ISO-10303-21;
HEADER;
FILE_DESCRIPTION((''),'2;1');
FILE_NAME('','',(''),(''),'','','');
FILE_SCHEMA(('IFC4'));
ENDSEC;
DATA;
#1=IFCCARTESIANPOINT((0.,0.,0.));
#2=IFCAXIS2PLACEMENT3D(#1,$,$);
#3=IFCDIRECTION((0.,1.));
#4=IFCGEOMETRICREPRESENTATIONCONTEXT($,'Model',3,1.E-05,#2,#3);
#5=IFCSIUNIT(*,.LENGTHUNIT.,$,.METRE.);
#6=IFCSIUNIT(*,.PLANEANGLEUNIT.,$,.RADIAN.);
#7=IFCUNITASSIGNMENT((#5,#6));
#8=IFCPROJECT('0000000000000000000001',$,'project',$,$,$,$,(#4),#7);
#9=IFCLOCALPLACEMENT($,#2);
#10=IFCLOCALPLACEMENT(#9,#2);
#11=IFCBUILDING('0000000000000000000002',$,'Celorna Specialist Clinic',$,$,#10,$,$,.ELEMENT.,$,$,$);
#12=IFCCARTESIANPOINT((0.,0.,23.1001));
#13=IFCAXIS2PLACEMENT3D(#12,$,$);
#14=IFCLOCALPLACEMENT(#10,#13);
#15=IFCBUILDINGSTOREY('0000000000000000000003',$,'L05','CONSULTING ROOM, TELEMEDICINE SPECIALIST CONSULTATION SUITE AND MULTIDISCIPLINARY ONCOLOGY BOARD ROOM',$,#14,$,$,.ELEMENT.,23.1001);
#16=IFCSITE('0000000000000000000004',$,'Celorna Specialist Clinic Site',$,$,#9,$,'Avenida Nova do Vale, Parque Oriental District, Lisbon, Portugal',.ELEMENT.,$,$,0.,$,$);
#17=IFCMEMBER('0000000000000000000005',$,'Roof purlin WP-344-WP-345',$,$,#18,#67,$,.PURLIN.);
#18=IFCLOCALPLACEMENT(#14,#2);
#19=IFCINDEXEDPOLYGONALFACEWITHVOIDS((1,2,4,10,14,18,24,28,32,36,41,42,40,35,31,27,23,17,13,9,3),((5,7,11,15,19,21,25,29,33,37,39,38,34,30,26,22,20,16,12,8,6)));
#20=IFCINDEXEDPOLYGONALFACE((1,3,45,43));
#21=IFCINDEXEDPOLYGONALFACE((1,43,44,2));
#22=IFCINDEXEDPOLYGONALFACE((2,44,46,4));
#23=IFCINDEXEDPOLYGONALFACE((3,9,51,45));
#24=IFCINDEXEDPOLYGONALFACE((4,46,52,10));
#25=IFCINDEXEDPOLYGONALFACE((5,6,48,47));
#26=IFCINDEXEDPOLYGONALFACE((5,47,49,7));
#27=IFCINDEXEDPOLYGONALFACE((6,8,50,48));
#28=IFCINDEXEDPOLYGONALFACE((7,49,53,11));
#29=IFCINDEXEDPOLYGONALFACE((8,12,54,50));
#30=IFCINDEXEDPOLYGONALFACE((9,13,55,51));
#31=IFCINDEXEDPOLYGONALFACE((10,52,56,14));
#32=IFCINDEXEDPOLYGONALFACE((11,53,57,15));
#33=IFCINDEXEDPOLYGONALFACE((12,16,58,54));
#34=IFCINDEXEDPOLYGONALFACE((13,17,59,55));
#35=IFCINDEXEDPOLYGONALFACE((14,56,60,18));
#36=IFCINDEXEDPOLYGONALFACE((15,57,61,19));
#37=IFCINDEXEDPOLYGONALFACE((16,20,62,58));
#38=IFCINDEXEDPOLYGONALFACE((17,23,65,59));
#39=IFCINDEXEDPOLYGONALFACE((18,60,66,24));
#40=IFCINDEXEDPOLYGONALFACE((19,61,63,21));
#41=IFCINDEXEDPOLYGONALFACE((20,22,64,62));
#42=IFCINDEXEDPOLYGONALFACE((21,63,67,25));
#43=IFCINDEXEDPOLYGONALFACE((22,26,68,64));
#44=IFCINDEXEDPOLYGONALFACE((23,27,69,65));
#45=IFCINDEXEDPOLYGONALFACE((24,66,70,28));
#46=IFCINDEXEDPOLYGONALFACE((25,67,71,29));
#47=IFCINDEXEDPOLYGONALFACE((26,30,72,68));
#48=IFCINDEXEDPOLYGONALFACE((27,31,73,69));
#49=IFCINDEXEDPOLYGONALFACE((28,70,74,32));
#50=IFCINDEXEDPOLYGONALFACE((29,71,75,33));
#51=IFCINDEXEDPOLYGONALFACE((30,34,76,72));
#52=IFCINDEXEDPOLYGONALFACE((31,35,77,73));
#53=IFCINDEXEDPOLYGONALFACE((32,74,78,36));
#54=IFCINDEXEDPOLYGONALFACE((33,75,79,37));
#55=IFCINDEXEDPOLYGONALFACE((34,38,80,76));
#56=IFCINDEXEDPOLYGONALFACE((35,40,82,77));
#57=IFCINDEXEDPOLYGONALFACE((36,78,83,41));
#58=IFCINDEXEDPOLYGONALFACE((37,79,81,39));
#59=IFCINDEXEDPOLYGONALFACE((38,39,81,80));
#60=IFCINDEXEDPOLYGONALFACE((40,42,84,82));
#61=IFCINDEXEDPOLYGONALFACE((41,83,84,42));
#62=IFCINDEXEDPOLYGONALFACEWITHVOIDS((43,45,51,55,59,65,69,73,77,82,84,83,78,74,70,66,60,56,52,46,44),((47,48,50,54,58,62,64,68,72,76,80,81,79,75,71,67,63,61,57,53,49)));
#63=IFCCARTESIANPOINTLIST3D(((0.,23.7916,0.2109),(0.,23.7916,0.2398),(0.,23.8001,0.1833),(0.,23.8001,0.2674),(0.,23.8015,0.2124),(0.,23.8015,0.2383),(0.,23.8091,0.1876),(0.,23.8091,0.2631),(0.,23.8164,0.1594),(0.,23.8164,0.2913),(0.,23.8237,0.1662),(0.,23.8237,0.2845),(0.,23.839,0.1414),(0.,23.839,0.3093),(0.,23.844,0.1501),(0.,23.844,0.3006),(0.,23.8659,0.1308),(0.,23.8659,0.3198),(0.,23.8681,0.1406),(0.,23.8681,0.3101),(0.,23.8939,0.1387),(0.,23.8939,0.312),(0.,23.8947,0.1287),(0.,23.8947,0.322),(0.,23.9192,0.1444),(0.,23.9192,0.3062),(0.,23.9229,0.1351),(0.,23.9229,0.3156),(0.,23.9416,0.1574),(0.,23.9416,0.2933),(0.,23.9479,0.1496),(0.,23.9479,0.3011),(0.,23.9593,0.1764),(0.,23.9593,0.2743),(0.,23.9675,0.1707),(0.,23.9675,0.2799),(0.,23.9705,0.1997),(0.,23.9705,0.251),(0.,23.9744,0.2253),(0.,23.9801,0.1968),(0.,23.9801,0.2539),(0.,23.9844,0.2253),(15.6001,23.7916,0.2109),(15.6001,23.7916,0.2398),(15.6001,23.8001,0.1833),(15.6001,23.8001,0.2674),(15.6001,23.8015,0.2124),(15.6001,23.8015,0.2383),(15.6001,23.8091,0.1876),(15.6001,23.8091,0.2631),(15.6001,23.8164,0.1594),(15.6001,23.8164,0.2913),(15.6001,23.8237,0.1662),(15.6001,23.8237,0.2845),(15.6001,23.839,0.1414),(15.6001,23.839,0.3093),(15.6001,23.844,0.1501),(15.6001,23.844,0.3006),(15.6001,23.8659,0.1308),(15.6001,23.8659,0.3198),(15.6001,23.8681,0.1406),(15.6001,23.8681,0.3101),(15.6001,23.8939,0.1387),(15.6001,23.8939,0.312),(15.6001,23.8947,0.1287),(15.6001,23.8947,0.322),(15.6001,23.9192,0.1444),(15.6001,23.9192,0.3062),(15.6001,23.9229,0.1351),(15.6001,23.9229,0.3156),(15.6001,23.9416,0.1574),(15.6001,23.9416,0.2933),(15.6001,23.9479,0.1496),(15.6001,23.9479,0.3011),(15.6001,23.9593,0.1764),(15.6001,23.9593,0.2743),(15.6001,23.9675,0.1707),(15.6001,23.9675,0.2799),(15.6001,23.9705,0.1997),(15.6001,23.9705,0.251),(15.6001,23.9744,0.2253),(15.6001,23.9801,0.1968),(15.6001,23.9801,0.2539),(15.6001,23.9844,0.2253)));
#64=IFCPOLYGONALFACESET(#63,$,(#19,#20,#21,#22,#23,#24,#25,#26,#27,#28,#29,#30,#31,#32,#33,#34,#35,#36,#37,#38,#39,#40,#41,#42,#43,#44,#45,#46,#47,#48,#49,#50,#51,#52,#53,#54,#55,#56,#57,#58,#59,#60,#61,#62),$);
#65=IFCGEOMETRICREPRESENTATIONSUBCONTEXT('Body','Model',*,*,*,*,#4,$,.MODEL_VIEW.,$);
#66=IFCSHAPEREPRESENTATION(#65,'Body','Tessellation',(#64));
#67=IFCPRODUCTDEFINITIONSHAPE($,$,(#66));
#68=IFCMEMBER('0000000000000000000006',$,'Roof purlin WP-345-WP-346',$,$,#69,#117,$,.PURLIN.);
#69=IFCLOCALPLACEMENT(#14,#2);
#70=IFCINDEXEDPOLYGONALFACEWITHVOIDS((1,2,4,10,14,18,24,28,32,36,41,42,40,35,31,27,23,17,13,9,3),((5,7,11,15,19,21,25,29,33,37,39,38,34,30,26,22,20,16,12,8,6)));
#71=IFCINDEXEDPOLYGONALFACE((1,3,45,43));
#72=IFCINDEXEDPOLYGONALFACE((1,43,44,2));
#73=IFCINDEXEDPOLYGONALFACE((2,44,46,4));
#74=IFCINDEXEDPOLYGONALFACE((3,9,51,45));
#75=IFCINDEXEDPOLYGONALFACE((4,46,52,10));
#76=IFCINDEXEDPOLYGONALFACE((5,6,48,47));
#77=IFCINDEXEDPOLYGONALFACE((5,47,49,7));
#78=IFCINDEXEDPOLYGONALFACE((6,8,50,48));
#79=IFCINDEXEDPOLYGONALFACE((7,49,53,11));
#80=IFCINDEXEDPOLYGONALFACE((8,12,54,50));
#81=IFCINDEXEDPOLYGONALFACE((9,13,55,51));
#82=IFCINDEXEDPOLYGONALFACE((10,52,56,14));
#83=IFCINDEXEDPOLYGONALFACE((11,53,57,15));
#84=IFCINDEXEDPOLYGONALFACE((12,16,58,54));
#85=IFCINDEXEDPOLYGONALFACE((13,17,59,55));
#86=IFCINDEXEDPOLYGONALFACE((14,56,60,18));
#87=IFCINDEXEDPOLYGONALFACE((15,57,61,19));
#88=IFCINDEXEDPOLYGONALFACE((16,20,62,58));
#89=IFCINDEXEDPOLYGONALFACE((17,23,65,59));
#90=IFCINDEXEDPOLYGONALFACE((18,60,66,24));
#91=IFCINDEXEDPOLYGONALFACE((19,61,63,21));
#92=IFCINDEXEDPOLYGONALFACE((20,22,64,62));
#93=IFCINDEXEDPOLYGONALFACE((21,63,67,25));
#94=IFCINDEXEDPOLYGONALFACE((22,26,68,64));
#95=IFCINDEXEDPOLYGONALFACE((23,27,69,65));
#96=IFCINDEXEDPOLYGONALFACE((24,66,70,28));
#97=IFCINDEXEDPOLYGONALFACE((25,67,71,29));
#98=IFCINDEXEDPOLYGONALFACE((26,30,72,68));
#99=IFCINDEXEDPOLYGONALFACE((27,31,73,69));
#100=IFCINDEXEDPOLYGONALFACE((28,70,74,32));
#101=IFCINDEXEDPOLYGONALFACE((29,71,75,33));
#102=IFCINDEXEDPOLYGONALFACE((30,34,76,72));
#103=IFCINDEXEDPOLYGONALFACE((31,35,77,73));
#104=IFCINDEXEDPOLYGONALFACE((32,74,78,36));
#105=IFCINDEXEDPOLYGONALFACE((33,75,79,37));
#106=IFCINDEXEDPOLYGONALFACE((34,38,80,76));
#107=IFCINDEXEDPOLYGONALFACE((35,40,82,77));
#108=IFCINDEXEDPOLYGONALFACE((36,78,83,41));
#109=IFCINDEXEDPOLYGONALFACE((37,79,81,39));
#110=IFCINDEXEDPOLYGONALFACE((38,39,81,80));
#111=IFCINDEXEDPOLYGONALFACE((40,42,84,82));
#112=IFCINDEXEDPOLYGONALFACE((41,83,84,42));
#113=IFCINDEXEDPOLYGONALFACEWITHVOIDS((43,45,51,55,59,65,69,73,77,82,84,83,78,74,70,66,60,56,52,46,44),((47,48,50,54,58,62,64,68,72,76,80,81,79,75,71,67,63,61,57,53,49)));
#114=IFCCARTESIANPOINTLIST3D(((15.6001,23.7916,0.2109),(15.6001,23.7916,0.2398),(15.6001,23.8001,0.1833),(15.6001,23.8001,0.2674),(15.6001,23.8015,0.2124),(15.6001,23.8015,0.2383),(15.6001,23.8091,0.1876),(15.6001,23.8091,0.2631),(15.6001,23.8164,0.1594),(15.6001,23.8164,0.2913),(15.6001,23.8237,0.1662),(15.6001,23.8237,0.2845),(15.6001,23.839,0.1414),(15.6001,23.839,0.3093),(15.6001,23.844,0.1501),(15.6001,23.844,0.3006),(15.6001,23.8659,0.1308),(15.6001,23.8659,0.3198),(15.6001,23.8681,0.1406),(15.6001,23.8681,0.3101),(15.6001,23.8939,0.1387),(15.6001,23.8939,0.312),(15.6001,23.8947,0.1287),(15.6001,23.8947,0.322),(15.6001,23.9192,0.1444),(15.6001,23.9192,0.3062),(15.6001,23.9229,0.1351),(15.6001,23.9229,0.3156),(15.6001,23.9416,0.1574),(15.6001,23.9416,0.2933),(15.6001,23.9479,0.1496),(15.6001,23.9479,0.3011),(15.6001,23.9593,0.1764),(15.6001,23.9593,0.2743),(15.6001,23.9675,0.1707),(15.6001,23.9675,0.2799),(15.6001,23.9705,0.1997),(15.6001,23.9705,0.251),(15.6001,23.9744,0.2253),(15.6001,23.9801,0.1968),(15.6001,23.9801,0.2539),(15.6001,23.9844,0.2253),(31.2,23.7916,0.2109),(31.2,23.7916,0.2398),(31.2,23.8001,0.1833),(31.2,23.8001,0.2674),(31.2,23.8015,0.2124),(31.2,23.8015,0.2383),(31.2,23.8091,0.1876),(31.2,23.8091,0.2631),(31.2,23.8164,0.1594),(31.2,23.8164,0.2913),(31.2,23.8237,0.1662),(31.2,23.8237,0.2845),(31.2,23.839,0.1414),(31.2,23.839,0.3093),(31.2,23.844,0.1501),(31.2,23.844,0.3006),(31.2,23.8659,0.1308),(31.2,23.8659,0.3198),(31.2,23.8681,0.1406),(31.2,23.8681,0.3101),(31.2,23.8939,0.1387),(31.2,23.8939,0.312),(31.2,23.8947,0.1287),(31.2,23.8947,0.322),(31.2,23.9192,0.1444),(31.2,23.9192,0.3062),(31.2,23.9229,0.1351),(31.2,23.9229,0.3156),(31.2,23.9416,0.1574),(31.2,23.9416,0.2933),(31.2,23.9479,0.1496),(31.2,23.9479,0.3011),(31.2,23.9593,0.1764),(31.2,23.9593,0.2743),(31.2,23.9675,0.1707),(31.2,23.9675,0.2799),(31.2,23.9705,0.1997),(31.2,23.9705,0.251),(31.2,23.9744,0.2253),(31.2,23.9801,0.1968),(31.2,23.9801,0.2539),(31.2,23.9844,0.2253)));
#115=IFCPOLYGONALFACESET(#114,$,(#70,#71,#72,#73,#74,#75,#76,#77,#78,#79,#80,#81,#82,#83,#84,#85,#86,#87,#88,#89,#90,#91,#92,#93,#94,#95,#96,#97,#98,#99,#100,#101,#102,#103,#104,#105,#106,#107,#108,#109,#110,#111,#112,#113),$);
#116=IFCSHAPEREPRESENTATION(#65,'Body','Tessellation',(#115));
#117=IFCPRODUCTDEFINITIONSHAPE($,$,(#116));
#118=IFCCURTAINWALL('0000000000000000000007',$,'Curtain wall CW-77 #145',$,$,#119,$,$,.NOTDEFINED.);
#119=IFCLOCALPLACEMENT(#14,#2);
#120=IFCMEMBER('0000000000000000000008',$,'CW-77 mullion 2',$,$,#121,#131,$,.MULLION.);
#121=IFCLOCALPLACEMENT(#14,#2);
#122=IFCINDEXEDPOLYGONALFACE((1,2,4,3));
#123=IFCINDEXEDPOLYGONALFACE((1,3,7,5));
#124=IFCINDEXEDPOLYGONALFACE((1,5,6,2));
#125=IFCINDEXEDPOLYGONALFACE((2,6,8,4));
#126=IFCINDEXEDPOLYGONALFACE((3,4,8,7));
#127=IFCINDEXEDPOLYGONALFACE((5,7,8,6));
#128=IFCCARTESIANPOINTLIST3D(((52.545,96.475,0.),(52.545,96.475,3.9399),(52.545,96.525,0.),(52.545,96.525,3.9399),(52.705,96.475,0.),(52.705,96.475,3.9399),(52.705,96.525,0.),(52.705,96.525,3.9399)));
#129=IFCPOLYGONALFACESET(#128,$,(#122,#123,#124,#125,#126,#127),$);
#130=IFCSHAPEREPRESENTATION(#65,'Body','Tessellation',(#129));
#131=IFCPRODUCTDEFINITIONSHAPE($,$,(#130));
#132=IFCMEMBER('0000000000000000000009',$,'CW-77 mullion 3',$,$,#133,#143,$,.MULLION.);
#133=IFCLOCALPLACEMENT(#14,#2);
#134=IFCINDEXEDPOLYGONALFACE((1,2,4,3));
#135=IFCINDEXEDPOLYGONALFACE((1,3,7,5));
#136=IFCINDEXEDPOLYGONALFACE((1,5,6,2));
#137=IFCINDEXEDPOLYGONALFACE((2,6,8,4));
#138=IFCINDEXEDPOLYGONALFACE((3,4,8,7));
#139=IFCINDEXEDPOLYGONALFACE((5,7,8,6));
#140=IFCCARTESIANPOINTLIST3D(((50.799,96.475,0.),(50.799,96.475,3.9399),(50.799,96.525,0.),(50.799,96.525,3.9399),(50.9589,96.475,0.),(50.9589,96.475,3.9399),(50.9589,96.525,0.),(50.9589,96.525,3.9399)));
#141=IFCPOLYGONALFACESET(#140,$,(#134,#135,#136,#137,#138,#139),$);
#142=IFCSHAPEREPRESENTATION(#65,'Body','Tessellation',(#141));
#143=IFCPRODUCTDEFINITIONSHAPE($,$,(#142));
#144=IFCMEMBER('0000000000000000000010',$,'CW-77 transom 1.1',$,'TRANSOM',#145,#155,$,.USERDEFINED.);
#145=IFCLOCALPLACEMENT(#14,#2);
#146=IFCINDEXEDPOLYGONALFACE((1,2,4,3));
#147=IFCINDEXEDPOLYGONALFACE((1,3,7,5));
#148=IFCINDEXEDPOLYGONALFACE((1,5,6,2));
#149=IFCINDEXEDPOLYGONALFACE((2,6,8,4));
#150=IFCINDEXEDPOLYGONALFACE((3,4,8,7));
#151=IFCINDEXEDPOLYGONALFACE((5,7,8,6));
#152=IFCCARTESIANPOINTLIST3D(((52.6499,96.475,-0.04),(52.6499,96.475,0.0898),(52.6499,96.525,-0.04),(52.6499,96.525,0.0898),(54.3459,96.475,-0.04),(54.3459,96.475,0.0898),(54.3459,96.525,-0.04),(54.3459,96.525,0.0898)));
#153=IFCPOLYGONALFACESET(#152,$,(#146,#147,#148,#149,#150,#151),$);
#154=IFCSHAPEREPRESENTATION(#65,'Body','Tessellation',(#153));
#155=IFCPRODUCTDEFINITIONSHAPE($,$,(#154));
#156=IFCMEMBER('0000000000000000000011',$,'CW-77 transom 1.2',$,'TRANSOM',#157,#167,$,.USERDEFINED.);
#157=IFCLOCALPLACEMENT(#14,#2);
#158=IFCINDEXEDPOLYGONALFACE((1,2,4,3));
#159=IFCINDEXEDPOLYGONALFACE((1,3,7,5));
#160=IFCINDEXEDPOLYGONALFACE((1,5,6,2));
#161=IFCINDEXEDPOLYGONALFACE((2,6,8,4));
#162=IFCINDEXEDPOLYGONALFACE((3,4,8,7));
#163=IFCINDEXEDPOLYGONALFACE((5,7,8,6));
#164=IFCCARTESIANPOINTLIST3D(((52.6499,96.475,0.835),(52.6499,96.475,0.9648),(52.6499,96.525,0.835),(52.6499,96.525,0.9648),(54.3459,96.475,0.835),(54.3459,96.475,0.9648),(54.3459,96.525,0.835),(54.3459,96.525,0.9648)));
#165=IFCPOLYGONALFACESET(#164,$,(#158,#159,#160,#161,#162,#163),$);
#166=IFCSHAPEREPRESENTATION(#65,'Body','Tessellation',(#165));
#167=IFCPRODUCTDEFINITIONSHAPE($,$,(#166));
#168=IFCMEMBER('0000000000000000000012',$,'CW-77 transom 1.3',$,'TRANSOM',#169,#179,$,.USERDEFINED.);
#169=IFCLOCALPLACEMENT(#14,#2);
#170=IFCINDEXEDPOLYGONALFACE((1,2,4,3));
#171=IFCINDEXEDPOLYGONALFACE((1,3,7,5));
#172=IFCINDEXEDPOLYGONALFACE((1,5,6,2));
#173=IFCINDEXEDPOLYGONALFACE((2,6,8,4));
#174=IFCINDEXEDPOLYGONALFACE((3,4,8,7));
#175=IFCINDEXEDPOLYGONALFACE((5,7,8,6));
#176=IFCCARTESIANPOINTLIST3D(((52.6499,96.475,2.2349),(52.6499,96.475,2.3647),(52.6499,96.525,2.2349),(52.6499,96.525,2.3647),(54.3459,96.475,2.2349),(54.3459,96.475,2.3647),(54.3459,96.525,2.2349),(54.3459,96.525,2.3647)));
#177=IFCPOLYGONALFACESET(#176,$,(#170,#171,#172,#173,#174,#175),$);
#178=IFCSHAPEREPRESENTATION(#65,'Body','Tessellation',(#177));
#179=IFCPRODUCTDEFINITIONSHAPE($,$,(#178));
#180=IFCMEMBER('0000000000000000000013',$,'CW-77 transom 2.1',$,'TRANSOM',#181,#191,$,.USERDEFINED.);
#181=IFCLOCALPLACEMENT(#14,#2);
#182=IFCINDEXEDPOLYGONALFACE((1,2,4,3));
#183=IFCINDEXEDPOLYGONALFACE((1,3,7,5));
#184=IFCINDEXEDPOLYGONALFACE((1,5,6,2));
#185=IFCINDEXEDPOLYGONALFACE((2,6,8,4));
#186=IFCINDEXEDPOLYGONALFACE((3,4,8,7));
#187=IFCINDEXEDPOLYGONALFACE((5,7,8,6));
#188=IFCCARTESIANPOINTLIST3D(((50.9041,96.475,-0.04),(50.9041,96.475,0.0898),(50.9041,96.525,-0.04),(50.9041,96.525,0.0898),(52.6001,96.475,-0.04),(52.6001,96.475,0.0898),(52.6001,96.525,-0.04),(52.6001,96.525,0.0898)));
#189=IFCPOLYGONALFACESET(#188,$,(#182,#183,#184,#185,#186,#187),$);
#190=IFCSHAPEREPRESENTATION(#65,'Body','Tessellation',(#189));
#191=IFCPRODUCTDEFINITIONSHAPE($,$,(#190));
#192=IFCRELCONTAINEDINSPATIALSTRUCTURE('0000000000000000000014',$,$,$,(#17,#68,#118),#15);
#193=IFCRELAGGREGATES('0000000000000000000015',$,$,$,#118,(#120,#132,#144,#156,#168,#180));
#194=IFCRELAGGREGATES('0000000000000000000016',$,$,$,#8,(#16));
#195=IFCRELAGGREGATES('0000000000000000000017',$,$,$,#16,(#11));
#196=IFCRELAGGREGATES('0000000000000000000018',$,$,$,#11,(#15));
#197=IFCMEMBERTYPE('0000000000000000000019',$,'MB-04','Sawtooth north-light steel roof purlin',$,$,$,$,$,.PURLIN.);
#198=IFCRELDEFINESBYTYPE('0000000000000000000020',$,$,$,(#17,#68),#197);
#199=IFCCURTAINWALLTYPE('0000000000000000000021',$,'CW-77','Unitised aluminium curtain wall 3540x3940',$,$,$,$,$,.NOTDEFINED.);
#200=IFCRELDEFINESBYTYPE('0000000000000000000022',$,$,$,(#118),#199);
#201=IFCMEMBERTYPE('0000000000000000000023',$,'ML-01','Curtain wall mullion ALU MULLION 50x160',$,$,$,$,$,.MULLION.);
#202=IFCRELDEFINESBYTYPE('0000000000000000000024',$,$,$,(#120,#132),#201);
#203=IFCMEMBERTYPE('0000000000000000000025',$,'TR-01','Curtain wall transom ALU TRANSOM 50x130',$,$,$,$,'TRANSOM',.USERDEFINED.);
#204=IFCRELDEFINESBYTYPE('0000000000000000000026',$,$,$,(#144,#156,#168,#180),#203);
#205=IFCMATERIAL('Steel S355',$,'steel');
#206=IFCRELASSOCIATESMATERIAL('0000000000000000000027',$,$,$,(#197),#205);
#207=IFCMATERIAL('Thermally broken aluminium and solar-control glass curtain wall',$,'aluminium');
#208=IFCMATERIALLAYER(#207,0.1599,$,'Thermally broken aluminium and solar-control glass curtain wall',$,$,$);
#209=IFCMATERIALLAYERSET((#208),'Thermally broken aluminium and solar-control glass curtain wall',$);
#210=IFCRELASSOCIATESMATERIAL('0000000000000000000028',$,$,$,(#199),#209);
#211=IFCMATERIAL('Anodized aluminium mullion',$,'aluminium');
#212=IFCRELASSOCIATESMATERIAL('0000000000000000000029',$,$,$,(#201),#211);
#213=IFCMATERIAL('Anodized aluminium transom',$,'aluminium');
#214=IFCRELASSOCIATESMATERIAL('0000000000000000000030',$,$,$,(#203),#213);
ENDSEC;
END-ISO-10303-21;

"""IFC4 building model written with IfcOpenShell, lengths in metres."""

from ifc_helpers import new_model, si_unit, direction, frame, origin, origin_2d, place, context, subcontext, project, spatial, rectangle, hollow_circle, extrude, material, layer, layer_set, material_profile, profile_set, type_object, element, aggregate, save


model = new_model("IFC4")

# Units and contexts
model_context = context("Model", 3, precision=1e-05, world=origin(), true_north=direction((0.0, 1.0)))
body_context = subcontext(model_context, "Body", "Model", "MODEL_VIEW")
ifc_project = project(units=[si_unit("LENGTHUNIT", "METRE"), si_unit("PLANEANGLEUNIT", "RADIAN")], contexts=[model_context])

# Site, building, storey
site_placement = place(None, origin())
site = spatial("IfcSite", under=ifc_project, at=site_placement, Name="Celorna Specialist Clinic Site", LongName="Avenida Nova do Vale, Parque Oriental District, Lisbon, Portugal", CompositionType="ELEMENT", RefElevation=0.0)
building_placement = place(site_placement, origin())
building = spatial("IfcBuilding", under=site, at=building_placement, Name="Celorna Specialist Clinic", CompositionType="ELEMENT")
storey_placement = place(building_placement, frame((0.0, 0.0, 23.1001)))
storey = spatial("IfcBuildingStorey", under=building, at=storey_placement, Name="L05", Description="CONSULTING ROOM, TELEMEDICINE SPECIALIST CONSULTATION SUITE AND MULTIDISCIPLINARY ONCOLOGY BOARD ROOM", CompositionType="ELEMENT", Elevation=23.1001)

# Shared definitions
ifc_material_1 = material(Name="Steel S355", Category="steel")

# Members
ifc_material_profile_1 = material_profile(ifc_material_1, hollow_circle(Radius=0.0969, WallThickness=0.01, at=origin_2d()), Name="CHS 193.7x10")
ifc_profile_set_1 = profile_set([ifc_material_profile_1], Name="Steel S355")
member_type_1 = type_object("IfcMemberType", Name="MB-04", Description="Sawtooth north-light steel roof purlin", PredefinedType="PURLIN", material=ifc_profile_set_1)
member_1_placement = place(storey_placement, frame((0.0, 23.8875, 0.2253), z_axis=(1.0, 0.0, 0.0), x_axis=(0.0, 1.0, 0.0)))
element("IfcMember", 1, at=member_1_placement, inside=storey, type_object=member_type_1, Name="Roof purlin WP-344-WP-345", PredefinedType="PURLIN", context=body_context, shape_type="SweptSolid", body=[
    extrude(hollow_circle(Radius=0.0969, WallThickness=0.01, at=origin_2d()), origin(), (0.0, 0.0, 1.0), 15.6001),
])
member_2_placement = place(storey_placement, frame((15.6001, 23.8875, 0.2253), z_axis=(1.0, 0.0, 0.0), x_axis=(0.0, 1.0, 0.0)))
element("IfcMember", 2, at=member_2_placement, inside=storey, type_object=member_type_1, Name="Roof purlin WP-345-WP-346", PredefinedType="PURLIN", context=body_context, shape_type="SweptSolid", body=[
    extrude(hollow_circle(Radius=0.0969, WallThickness=0.01, at=origin_2d()), origin(), (0.0, 0.0, 1.0), 15.5999),
])

# Curtain wall, members
ifc_material_2 = material(Name="Thermally broken aluminium and solar-control glass curtain wall", Category="aluminium")
ifc_layer_1 = layer(ifc_material_2, 0.1599, Name="Thermally broken aluminium and solar-control glass curtain wall")
ifc_layer_set_1 = layer_set([ifc_layer_1], Name="Thermally broken aluminium and solar-control glass curtain wall")
curtain_wall_type = type_object("IfcCurtainWallType", Name="CW-77", Description="Unitised aluminium curtain wall 3540x3940", PredefinedType="NOTDEFINED", material=ifc_layer_set_1)
curtain_wall_placement = place(storey_placement, origin())
curtain_wall = element("IfcCurtainWall", 3, at=curtain_wall_placement, inside=storey, type_object=curtain_wall_type, Name="Curtain wall CW-77 #145", PredefinedType="NOTDEFINED")
ifc_material_3 = material(Name="Anodized aluminium mullion", Category="aluminium")
ifc_material_profile_2 = material_profile(ifc_material_3, rectangle(XDim=0.05, YDim=0.1599, at=origin_2d()), Name="ALU MULLION 50x160")
ifc_profile_set_2 = profile_set([ifc_material_profile_2], Name="Anodized aluminium mullion")
member_type_2 = type_object("IfcMemberType", Name="ML-01", Description="Curtain wall mullion ALU MULLION 50x160", PredefinedType="MULLION", material=ifc_profile_set_2)
member_3_placement = place(storey_placement, frame((52.625, 96.5, 0.0), z_axis=(0.0, 0.0, 1.0), x_axis=(0.0, -1.0, 0.0)))
member_3 = element("IfcMember", 4, at=member_3_placement, type_object=member_type_2, Name="CW-77 mullion 2", PredefinedType="MULLION", context=body_context, shape_type="SweptSolid", body=[
    extrude(rectangle(XDim=0.05, YDim=0.1599, at=origin_2d()), origin(), (0.0, 0.0, 1.0), 3.9399),
])
member_4_placement = place(storey_placement, frame((50.8789, 96.5, 0.0), z_axis=(0.0, 0.0, 1.0), x_axis=(0.0, -1.0, 0.0)))
member_4 = element("IfcMember", 5, at=member_4_placement, type_object=member_type_2, Name="CW-77 mullion 3", PredefinedType="MULLION", context=body_context, shape_type="SweptSolid", body=[
    extrude(rectangle(XDim=0.05, YDim=0.1599, at=origin_2d()), origin(), (0.0, 0.0, 1.0), 3.9399),
])
ifc_material_4 = material(Name="Anodized aluminium transom", Category="aluminium")
ifc_material_profile_3 = material_profile(ifc_material_4, rectangle(XDim=0.05, YDim=0.1299, at=origin_2d()), Name="ALU TRANSOM 50x130")
ifc_profile_set_3 = profile_set([ifc_material_profile_3], Name="Anodized aluminium transom")
member_type_3 = type_object("IfcMemberType", Name="TR-01", Description="Curtain wall transom ALU TRANSOM 50x130", ElementType="TRANSOM", PredefinedType="USERDEFINED", material=ifc_profile_set_3)
member_5_placement = place(storey_placement, frame((54.3459, 96.5, 0.0249), z_axis=(-1.0, 0.0, 0.0), x_axis=(0.0, -1.0, 0.0)))
member_5 = element("IfcMember", 6, at=member_5_placement, type_object=member_type_3, Name="CW-77 transom 1.1", ObjectType="TRANSOM", PredefinedType="USERDEFINED", context=body_context, shape_type="SweptSolid", body=[
    extrude(rectangle(XDim=0.05, YDim=0.1299, at=origin_2d()), origin(), (0.0, 0.0, 1.0), 1.696),
])
member_6_placement = place(storey_placement, frame((54.3459, 96.5, 0.8999), z_axis=(-1.0, 0.0, 0.0), x_axis=(0.0, -1.0, 0.0)))
member_6 = element("IfcMember", 7, at=member_6_placement, type_object=member_type_3, Name="CW-77 transom 1.2", ObjectType="TRANSOM", PredefinedType="USERDEFINED", context=body_context, shape_type="SweptSolid", body=[
    extrude(rectangle(XDim=0.05, YDim=0.1299, at=origin_2d()), origin(), (0.0, 0.0, 1.0), 1.696),
])
member_7_placement = place(storey_placement, frame((54.3459, 96.5, 2.2998), z_axis=(-1.0, 0.0, 0.0), x_axis=(0.0, -1.0, 0.0)))
member_7 = element("IfcMember", 8, at=member_7_placement, type_object=member_type_3, Name="CW-77 transom 1.3", ObjectType="TRANSOM", PredefinedType="USERDEFINED", context=body_context, shape_type="SweptSolid", body=[
    extrude(rectangle(XDim=0.05, YDim=0.1299, at=origin_2d()), origin(), (0.0, 0.0, 1.0), 1.696),
])
member_8_placement = place(storey_placement, frame((52.6001, 96.5, 0.0249), z_axis=(-1.0, 0.0, 0.0), x_axis=(0.0, -1.0, 0.0)))
member_8 = element("IfcMember", 9, at=member_8_placement, type_object=member_type_3, Name="CW-77 transom 2.1", ObjectType="TRANSOM", PredefinedType="USERDEFINED", context=body_context, shape_type="SweptSolid", body=[
    extrude(rectangle(XDim=0.05, YDim=0.1299, at=origin_2d()), origin(), (0.0, 0.0, 1.0), 1.696),
])
aggregate(curtain_wall, [member_3, member_4, member_5, member_6, member_7, member_8])

save(model, "model.ifc")
